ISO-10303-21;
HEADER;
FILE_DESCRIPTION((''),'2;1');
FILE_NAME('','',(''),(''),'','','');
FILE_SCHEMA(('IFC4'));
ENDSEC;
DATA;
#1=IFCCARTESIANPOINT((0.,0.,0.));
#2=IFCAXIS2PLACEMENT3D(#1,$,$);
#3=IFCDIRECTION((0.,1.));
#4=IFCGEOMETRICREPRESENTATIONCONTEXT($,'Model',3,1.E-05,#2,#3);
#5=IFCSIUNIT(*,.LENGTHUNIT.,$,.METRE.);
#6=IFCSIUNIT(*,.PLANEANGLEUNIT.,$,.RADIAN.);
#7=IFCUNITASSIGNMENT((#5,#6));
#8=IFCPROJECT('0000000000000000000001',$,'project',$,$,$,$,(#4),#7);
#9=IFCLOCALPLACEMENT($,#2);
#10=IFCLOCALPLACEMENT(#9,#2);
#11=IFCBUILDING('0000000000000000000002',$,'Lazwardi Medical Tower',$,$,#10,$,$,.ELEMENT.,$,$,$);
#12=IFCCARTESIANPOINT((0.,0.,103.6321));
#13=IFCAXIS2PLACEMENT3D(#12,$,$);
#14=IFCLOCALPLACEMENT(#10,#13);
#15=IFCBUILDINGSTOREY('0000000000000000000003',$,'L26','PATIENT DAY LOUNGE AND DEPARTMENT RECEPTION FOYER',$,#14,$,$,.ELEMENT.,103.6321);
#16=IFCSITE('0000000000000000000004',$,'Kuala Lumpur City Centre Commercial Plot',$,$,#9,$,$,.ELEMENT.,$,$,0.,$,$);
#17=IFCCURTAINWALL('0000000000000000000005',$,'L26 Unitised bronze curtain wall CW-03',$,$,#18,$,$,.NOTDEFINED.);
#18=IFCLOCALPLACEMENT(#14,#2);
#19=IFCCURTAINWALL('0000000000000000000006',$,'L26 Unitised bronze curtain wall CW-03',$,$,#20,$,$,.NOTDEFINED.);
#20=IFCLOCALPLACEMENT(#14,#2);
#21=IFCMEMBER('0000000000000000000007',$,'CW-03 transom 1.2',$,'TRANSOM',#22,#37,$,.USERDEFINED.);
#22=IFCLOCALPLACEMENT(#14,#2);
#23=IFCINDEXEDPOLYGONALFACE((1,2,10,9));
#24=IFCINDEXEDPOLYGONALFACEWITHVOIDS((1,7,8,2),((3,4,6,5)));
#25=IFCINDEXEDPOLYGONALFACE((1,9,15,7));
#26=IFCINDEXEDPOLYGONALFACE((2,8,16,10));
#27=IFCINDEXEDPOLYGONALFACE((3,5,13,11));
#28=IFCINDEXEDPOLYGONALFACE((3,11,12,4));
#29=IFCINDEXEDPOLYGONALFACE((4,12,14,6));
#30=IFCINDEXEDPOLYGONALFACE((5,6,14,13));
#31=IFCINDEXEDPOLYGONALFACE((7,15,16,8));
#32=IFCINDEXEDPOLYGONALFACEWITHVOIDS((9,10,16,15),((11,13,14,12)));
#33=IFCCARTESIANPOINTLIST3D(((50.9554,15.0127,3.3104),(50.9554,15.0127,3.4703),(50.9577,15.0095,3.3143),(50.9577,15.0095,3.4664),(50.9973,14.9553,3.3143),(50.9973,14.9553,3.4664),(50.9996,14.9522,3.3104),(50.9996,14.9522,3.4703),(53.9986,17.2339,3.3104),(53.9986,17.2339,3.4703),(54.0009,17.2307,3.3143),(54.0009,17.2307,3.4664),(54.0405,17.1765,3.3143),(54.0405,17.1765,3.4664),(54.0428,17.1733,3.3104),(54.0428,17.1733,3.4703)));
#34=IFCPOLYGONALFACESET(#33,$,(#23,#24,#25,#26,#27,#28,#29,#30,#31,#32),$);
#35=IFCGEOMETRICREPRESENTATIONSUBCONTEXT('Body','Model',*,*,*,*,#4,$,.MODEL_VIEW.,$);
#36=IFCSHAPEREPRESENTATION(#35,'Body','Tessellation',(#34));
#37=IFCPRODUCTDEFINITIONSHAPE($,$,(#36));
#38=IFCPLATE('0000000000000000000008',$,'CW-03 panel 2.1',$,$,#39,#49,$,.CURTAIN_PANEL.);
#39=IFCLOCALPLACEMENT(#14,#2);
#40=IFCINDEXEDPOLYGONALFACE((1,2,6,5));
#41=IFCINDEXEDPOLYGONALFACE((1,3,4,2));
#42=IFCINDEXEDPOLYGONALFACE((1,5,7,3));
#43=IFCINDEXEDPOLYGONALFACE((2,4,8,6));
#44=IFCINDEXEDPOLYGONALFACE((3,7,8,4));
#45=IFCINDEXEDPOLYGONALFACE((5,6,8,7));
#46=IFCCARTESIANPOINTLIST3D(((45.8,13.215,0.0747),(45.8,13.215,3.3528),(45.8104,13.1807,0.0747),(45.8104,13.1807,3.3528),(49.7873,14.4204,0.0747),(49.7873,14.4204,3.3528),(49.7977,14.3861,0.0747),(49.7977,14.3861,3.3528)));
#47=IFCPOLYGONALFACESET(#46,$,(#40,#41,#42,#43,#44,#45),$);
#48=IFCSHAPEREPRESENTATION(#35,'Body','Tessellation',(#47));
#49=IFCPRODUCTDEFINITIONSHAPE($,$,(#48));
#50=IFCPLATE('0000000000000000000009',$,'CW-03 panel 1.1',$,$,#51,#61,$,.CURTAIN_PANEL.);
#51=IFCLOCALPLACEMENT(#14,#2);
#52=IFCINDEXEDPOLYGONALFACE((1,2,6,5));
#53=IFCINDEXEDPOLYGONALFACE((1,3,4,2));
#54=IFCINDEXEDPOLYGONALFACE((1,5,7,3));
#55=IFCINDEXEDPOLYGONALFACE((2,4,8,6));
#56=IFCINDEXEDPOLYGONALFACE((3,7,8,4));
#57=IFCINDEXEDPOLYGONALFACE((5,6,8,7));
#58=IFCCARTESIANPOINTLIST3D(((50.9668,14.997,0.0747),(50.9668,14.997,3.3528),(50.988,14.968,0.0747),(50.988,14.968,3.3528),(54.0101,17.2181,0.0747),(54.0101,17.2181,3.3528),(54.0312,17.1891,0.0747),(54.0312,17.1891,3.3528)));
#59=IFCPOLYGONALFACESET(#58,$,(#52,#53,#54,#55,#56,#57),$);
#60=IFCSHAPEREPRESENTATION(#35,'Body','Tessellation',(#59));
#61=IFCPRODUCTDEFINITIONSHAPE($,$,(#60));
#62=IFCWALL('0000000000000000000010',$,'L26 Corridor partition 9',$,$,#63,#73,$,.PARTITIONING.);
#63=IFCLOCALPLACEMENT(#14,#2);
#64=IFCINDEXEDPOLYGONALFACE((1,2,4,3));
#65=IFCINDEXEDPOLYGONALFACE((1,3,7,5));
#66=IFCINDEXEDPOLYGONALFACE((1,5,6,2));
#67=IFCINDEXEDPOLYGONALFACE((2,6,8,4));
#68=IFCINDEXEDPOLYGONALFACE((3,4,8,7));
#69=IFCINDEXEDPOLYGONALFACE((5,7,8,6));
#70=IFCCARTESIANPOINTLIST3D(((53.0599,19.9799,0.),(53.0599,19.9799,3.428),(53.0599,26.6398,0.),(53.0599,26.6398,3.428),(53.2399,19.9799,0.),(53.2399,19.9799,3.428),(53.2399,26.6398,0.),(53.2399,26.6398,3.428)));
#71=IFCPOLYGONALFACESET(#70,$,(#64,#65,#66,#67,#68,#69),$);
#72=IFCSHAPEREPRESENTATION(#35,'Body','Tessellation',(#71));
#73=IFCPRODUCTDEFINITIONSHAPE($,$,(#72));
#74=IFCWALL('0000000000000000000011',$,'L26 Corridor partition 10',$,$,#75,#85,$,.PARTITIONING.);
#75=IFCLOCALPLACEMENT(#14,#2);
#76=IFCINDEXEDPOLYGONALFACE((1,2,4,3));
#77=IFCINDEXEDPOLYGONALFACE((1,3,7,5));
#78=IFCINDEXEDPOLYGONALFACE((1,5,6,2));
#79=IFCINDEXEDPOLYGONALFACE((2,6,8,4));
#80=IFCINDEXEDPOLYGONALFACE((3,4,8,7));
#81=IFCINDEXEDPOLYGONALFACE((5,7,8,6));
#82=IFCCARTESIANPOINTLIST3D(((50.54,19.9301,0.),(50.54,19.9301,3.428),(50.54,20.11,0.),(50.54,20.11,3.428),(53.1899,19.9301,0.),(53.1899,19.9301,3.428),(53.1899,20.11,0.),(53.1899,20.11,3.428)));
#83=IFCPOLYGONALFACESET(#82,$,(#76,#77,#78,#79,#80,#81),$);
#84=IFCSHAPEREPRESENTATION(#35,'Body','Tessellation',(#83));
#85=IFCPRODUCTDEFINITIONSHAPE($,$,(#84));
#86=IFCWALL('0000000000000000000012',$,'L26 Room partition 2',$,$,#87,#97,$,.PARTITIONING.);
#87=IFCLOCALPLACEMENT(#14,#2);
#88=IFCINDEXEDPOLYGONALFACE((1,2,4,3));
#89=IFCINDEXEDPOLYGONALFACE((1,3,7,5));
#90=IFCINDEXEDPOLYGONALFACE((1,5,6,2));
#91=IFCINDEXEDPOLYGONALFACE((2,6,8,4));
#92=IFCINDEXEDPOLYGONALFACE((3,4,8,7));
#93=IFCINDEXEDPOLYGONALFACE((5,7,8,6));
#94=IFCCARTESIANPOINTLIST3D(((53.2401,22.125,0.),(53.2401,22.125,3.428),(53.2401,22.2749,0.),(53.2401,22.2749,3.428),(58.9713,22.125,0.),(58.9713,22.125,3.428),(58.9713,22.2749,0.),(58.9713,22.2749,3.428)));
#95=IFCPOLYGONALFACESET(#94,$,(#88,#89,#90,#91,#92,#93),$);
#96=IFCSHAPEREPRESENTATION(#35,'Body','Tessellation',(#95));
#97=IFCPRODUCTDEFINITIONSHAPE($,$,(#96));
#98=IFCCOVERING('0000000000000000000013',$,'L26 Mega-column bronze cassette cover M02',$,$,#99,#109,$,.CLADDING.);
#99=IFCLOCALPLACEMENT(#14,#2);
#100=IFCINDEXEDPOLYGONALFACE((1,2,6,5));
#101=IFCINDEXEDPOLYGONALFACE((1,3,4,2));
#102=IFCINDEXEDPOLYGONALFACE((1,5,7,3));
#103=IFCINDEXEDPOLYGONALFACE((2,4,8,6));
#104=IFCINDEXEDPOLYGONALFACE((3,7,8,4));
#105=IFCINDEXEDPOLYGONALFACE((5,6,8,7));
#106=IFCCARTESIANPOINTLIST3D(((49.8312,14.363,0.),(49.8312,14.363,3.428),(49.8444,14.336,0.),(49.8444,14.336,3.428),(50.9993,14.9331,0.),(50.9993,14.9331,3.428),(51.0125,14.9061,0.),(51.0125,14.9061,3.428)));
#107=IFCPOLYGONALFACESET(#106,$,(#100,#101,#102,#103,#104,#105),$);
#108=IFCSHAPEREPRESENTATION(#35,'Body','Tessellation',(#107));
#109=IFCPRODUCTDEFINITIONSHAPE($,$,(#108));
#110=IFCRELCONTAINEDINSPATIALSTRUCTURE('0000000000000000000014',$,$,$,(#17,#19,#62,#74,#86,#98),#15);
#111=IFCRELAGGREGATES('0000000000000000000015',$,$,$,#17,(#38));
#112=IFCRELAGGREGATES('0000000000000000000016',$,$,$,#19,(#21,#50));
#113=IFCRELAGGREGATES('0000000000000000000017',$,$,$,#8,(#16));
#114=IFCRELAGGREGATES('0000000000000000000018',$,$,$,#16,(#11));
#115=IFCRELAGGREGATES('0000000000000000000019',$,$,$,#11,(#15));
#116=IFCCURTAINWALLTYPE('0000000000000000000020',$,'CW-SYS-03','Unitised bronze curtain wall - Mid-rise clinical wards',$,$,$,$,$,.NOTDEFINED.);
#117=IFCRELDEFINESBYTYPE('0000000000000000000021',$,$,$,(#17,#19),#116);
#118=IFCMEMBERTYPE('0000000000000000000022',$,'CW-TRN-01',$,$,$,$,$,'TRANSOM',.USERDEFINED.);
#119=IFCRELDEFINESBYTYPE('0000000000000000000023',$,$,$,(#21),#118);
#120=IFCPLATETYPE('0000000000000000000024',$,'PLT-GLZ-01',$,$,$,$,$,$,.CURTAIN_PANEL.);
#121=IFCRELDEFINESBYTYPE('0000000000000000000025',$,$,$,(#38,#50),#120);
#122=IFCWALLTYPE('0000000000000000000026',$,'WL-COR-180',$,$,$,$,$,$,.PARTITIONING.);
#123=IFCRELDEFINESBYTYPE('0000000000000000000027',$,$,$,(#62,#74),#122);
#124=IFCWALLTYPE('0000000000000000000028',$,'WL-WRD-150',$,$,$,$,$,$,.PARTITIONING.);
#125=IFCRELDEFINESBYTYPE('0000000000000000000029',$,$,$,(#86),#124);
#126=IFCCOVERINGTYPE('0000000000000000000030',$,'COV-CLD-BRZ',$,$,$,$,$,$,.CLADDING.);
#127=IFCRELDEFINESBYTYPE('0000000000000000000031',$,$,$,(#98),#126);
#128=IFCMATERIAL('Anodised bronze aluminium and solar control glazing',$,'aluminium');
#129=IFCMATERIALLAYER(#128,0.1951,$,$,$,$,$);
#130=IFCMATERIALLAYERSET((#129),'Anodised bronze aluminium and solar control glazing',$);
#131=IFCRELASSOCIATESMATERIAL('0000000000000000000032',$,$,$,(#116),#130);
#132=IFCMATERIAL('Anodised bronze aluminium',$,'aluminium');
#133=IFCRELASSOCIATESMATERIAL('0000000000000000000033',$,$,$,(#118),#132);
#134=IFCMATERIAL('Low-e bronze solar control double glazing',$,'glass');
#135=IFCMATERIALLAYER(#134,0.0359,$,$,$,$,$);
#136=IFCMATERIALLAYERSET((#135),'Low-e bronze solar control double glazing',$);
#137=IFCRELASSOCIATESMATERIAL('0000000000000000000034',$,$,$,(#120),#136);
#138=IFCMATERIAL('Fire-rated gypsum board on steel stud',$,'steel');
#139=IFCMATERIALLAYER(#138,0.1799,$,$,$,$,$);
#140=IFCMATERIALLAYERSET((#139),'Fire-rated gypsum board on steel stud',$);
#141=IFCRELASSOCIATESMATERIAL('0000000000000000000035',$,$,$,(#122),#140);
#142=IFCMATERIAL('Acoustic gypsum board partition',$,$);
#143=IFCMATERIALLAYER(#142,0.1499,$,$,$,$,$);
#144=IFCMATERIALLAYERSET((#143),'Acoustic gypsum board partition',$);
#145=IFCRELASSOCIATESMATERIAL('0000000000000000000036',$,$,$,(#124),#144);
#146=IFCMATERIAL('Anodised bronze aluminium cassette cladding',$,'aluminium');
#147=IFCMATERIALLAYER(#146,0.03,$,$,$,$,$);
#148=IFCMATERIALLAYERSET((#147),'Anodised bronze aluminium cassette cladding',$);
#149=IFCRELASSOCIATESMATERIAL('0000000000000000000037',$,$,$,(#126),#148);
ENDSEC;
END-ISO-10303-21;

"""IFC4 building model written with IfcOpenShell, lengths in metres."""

from ifc_helpers import new_model, si_unit, direction, frame, frame_2d, origin, origin_2d, place, context, subcontext, project, spatial, rectangle, hollow_rectangle, extrude, material, layer, layer_set, material_profile, profile_set, type_object, element, aggregate, save


model = new_model("IFC4")

# Units and contexts
model_context = context("Model", 3, precision=1e-05, world=origin(), true_north=direction((0.0, 1.0)))
body_context = subcontext(model_context, "Body", "Model", "MODEL_VIEW")
ifc_project = project(units=[si_unit("LENGTHUNIT", "METRE"), si_unit("PLANEANGLEUNIT", "RADIAN")], contexts=[model_context])

# Site, building, storey
site_placement = place(None, origin())
site = spatial("IfcSite", under=ifc_project, at=site_placement, Name="Kuala Lumpur City Centre Commercial Plot", CompositionType="ELEMENT", RefElevation=0.0)
building_placement = place(site_placement, origin())
building = spatial("IfcBuilding", under=site, at=building_placement, Name="Lazwardi Medical Tower", CompositionType="ELEMENT")
storey_placement = place(building_placement, frame((0.0, 0.0, 103.6321)))
storey = spatial("IfcBuildingStorey", under=building, at=storey_placement, Name="L26", Description="PATIENT DAY LOUNGE AND DEPARTMENT RECEPTION FOYER", CompositionType="ELEMENT", Elevation=103.6321)

# Curtain wall
ifc_material_1 = material(Name="Anodised bronze aluminium and solar control glazing", Category="aluminium")
ifc_layer_1 = layer(ifc_material_1, 0.1951)
ifc_layer_set_1 = layer_set([ifc_layer_1], Name="Anodised bronze aluminium and solar control glazing")
curtain_wall_type = type_object("IfcCurtainWallType", Name="CW-SYS-03", Description="Unitised bronze curtain wall - Mid-rise clinical wards", PredefinedType="NOTDEFINED", material=ifc_layer_set_1)
curtain_wall_1_placement = place(storey_placement, origin())
curtain_wall_1 = element("IfcCurtainWall", 1, at=curtain_wall_1_placement, inside=storey, type_object=curtain_wall_type, Name="L26 Unitised bronze curtain wall CW-03", PredefinedType="NOTDEFINED")
ifc_material_2 = material(Name="Anodised bronze aluminium", Category="aluminium")

# Curtain wall
curtain_wall_2_placement = place(storey_placement, origin())
curtain_wall_2 = element("IfcCurtainWall", 2, at=curtain_wall_2_placement, inside=storey, type_object=curtain_wall_type, Name="L26 Unitised bronze curtain wall CW-03", PredefinedType="NOTDEFINED")

# Member
ifc_material_profile_1 = material_profile(ifc_material_2, hollow_rectangle(XDim=0.075, YDim=0.1599, WallThickness=0.0039, at=origin_2d()), Name="ALU-TRANSOM 160x75x4")
ifc_profile_set_1 = profile_set([ifc_material_profile_1], Name="Anodised bronze aluminium")
member_type_1 = type_object("IfcMemberType", Name="CW-TRN-01", ElementType="TRANSOM", PredefinedType="USERDEFINED", material=ifc_profile_set_1)
member_1_placement = place(storey_placement, frame((50.9775, 14.9824, 3.3904), z_axis=(0.807732, 0.58955, 0.0), x_axis=(-0.58955, 0.807732, 0.0)))
member_1 = element("IfcMember", 3, at=member_1_placement, type_object=member_type_1, Name="CW-03 transom 1.2", ObjectType="TRANSOM", PredefinedType="USERDEFINED", context=body_context, shape_type="SweptSolid", body=[
    extrude(hollow_rectangle(XDim=0.075, YDim=0.1599, WallThickness=0.0039, at=origin_2d()), origin(), (0.0, 0.0, 1.0), 3.7676),
])

# Plates
ifc_material_3 = material(Name="Low-e bronze solar control double glazing", Category="glass")
ifc_layer_2 = layer(ifc_material_3, 0.0359)
ifc_layer_set_2 = layer_set([ifc_layer_2], Name="Low-e bronze solar control double glazing")
plate_type = type_object("IfcPlateType", Name="PLT-GLZ-01", PredefinedType="CURTAIN_PANEL", material=ifc_layer_set_2)
plate_1_placement = place(storey_placement, frame((47.7988, 13.8005, 0.0747), z_axis=(0.0, 0.0, 1.0), x_axis=(0.957216, 0.289374, 0.0)))
plate_1 = element("IfcPlate", 4, at=plate_1_placement, type_object=plate_type, Name="CW-03 panel 2.1", PredefinedType="CURTAIN_PANEL", context=body_context, shape_type="SweptSolid", body=[
    extrude(rectangle(XDim=4.1655, YDim=0.0359, at=origin_2d()), origin(), (0.0, 0.0, 1.0), 3.2781),
])
aggregate(curtain_wall_1, [plate_1])
plate_2_placement = place(storey_placement, frame((52.499, 16.093, 0.0747), z_axis=(0.0, 0.0, 1.0), x_axis=(0.807746, 0.589531, 0.0)))
plate_2 = element("IfcPlate", 5, at=plate_2_placement, type_object=plate_type, Name="CW-03 panel 1.1", PredefinedType="CURTAIN_PANEL", context=body_context, shape_type="SweptSolid", body=[
    extrude(rectangle(XDim=3.7676, YDim=0.0359, at=origin_2d()), origin(), (0.0, 0.0, 1.0), 3.2781),
])
aggregate(curtain_wall_2, [member_1, plate_2])

# Walls
ifc_material_4 = material(Name="Fire-rated gypsum board on steel stud", Category="steel")
ifc_layer_3 = layer(ifc_material_4, 0.1799)
ifc_layer_set_3 = layer_set([ifc_layer_3], Name="Fire-rated gypsum board on steel stud")
wall_type_1 = type_object("IfcWallType", Name="WL-COR-180", PredefinedType="PARTITIONING", material=ifc_layer_set_3)
wall_1_placement = place(storey_placement, frame((53.1499, 26.6399, 0.0), z_axis=(0.0, 0.0, 1.0), x_axis=(0.0, -1.0, 0.0)))
element("IfcWall", 6, at=wall_1_placement, inside=storey, type_object=wall_type_1, Name="L26 Corridor partition 9", PredefinedType="PARTITIONING", context=body_context, shape_type="SweptSolid", body=[
    extrude(rectangle(XDim=6.6599, YDim=0.1799, at=frame_2d((3.3301, 0.0))), origin(), (0.0, 0.0, 1.0), 3.428),
])
wall_2_placement = place(storey_placement, frame((53.1899, 20.02, 0.0), z_axis=(0.0, 0.0, 1.0), x_axis=(-1.0, 0.0, 0.0)))
element("IfcWall", 7, at=wall_2_placement, inside=storey, type_object=wall_type_1, Name="L26 Corridor partition 10", PredefinedType="PARTITIONING", context=body_context, shape_type="SweptSolid", body=[
    extrude(rectangle(XDim=2.6499, YDim=0.1799, at=frame_2d((1.325, 0.0))), origin(), (0.0, 0.0, 1.0), 3.428),
])
ifc_material_5 = material(Name="Acoustic gypsum board partition")
ifc_layer_4 = layer(ifc_material_5, 0.1499)
ifc_layer_set_4 = layer_set([ifc_layer_4], Name="Acoustic gypsum board partition")
wall_type_2 = type_object("IfcWallType", Name="WL-WRD-150", PredefinedType="PARTITIONING", material=ifc_layer_set_4)
wall_3_placement = place(storey_placement, frame((53.24, 22.2, 0.0), z_axis=(0.0, 0.0, 1.0), x_axis=(1.0, 0.0, 0.0)))
element("IfcWall", 8, at=wall_3_placement, inside=storey, type_object=wall_type_2, Name="L26 Room partition 2", PredefinedType="PARTITIONING", context=body_context, shape_type="SweptSolid", body=[
    extrude(rectangle(XDim=5.7312, YDim=0.1499, at=frame_2d((2.8657, 0.0))), origin(), (0.0, 0.0, 1.0), 3.428),
])

# Covering
ifc_material_6 = material(Name="Anodised bronze aluminium cassette cladding", Category="aluminium")
ifc_layer_5 = layer(ifc_material_6, 0.03)
ifc_layer_set_5 = layer_set([ifc_layer_5], Name="Anodised bronze aluminium cassette cladding")
covering_type = type_object("IfcCoveringType", Name="COV-CLD-BRZ", PredefinedType="CLADDING", material=ifc_layer_set_5)
covering_placement = place(storey_placement, frame((50.4219, 14.6345, 0.0), z_axis=(0.0, 0.0, 1.0), x_axis=(0.898679, 0.438606, 0.0)))
element("IfcCovering", 9, at=covering_placement, inside=storey, type_object=covering_type, Name="L26 Mega-column bronze cassette cover M02", PredefinedType="CLADDING", context=body_context, shape_type="SweptSolid", body=[
    extrude(rectangle(XDim=1.2998, YDim=0.03, at=origin_2d()), origin(), (0.0, 0.0, 1.0), 3.428),
])

save(model, "model.ifc")
